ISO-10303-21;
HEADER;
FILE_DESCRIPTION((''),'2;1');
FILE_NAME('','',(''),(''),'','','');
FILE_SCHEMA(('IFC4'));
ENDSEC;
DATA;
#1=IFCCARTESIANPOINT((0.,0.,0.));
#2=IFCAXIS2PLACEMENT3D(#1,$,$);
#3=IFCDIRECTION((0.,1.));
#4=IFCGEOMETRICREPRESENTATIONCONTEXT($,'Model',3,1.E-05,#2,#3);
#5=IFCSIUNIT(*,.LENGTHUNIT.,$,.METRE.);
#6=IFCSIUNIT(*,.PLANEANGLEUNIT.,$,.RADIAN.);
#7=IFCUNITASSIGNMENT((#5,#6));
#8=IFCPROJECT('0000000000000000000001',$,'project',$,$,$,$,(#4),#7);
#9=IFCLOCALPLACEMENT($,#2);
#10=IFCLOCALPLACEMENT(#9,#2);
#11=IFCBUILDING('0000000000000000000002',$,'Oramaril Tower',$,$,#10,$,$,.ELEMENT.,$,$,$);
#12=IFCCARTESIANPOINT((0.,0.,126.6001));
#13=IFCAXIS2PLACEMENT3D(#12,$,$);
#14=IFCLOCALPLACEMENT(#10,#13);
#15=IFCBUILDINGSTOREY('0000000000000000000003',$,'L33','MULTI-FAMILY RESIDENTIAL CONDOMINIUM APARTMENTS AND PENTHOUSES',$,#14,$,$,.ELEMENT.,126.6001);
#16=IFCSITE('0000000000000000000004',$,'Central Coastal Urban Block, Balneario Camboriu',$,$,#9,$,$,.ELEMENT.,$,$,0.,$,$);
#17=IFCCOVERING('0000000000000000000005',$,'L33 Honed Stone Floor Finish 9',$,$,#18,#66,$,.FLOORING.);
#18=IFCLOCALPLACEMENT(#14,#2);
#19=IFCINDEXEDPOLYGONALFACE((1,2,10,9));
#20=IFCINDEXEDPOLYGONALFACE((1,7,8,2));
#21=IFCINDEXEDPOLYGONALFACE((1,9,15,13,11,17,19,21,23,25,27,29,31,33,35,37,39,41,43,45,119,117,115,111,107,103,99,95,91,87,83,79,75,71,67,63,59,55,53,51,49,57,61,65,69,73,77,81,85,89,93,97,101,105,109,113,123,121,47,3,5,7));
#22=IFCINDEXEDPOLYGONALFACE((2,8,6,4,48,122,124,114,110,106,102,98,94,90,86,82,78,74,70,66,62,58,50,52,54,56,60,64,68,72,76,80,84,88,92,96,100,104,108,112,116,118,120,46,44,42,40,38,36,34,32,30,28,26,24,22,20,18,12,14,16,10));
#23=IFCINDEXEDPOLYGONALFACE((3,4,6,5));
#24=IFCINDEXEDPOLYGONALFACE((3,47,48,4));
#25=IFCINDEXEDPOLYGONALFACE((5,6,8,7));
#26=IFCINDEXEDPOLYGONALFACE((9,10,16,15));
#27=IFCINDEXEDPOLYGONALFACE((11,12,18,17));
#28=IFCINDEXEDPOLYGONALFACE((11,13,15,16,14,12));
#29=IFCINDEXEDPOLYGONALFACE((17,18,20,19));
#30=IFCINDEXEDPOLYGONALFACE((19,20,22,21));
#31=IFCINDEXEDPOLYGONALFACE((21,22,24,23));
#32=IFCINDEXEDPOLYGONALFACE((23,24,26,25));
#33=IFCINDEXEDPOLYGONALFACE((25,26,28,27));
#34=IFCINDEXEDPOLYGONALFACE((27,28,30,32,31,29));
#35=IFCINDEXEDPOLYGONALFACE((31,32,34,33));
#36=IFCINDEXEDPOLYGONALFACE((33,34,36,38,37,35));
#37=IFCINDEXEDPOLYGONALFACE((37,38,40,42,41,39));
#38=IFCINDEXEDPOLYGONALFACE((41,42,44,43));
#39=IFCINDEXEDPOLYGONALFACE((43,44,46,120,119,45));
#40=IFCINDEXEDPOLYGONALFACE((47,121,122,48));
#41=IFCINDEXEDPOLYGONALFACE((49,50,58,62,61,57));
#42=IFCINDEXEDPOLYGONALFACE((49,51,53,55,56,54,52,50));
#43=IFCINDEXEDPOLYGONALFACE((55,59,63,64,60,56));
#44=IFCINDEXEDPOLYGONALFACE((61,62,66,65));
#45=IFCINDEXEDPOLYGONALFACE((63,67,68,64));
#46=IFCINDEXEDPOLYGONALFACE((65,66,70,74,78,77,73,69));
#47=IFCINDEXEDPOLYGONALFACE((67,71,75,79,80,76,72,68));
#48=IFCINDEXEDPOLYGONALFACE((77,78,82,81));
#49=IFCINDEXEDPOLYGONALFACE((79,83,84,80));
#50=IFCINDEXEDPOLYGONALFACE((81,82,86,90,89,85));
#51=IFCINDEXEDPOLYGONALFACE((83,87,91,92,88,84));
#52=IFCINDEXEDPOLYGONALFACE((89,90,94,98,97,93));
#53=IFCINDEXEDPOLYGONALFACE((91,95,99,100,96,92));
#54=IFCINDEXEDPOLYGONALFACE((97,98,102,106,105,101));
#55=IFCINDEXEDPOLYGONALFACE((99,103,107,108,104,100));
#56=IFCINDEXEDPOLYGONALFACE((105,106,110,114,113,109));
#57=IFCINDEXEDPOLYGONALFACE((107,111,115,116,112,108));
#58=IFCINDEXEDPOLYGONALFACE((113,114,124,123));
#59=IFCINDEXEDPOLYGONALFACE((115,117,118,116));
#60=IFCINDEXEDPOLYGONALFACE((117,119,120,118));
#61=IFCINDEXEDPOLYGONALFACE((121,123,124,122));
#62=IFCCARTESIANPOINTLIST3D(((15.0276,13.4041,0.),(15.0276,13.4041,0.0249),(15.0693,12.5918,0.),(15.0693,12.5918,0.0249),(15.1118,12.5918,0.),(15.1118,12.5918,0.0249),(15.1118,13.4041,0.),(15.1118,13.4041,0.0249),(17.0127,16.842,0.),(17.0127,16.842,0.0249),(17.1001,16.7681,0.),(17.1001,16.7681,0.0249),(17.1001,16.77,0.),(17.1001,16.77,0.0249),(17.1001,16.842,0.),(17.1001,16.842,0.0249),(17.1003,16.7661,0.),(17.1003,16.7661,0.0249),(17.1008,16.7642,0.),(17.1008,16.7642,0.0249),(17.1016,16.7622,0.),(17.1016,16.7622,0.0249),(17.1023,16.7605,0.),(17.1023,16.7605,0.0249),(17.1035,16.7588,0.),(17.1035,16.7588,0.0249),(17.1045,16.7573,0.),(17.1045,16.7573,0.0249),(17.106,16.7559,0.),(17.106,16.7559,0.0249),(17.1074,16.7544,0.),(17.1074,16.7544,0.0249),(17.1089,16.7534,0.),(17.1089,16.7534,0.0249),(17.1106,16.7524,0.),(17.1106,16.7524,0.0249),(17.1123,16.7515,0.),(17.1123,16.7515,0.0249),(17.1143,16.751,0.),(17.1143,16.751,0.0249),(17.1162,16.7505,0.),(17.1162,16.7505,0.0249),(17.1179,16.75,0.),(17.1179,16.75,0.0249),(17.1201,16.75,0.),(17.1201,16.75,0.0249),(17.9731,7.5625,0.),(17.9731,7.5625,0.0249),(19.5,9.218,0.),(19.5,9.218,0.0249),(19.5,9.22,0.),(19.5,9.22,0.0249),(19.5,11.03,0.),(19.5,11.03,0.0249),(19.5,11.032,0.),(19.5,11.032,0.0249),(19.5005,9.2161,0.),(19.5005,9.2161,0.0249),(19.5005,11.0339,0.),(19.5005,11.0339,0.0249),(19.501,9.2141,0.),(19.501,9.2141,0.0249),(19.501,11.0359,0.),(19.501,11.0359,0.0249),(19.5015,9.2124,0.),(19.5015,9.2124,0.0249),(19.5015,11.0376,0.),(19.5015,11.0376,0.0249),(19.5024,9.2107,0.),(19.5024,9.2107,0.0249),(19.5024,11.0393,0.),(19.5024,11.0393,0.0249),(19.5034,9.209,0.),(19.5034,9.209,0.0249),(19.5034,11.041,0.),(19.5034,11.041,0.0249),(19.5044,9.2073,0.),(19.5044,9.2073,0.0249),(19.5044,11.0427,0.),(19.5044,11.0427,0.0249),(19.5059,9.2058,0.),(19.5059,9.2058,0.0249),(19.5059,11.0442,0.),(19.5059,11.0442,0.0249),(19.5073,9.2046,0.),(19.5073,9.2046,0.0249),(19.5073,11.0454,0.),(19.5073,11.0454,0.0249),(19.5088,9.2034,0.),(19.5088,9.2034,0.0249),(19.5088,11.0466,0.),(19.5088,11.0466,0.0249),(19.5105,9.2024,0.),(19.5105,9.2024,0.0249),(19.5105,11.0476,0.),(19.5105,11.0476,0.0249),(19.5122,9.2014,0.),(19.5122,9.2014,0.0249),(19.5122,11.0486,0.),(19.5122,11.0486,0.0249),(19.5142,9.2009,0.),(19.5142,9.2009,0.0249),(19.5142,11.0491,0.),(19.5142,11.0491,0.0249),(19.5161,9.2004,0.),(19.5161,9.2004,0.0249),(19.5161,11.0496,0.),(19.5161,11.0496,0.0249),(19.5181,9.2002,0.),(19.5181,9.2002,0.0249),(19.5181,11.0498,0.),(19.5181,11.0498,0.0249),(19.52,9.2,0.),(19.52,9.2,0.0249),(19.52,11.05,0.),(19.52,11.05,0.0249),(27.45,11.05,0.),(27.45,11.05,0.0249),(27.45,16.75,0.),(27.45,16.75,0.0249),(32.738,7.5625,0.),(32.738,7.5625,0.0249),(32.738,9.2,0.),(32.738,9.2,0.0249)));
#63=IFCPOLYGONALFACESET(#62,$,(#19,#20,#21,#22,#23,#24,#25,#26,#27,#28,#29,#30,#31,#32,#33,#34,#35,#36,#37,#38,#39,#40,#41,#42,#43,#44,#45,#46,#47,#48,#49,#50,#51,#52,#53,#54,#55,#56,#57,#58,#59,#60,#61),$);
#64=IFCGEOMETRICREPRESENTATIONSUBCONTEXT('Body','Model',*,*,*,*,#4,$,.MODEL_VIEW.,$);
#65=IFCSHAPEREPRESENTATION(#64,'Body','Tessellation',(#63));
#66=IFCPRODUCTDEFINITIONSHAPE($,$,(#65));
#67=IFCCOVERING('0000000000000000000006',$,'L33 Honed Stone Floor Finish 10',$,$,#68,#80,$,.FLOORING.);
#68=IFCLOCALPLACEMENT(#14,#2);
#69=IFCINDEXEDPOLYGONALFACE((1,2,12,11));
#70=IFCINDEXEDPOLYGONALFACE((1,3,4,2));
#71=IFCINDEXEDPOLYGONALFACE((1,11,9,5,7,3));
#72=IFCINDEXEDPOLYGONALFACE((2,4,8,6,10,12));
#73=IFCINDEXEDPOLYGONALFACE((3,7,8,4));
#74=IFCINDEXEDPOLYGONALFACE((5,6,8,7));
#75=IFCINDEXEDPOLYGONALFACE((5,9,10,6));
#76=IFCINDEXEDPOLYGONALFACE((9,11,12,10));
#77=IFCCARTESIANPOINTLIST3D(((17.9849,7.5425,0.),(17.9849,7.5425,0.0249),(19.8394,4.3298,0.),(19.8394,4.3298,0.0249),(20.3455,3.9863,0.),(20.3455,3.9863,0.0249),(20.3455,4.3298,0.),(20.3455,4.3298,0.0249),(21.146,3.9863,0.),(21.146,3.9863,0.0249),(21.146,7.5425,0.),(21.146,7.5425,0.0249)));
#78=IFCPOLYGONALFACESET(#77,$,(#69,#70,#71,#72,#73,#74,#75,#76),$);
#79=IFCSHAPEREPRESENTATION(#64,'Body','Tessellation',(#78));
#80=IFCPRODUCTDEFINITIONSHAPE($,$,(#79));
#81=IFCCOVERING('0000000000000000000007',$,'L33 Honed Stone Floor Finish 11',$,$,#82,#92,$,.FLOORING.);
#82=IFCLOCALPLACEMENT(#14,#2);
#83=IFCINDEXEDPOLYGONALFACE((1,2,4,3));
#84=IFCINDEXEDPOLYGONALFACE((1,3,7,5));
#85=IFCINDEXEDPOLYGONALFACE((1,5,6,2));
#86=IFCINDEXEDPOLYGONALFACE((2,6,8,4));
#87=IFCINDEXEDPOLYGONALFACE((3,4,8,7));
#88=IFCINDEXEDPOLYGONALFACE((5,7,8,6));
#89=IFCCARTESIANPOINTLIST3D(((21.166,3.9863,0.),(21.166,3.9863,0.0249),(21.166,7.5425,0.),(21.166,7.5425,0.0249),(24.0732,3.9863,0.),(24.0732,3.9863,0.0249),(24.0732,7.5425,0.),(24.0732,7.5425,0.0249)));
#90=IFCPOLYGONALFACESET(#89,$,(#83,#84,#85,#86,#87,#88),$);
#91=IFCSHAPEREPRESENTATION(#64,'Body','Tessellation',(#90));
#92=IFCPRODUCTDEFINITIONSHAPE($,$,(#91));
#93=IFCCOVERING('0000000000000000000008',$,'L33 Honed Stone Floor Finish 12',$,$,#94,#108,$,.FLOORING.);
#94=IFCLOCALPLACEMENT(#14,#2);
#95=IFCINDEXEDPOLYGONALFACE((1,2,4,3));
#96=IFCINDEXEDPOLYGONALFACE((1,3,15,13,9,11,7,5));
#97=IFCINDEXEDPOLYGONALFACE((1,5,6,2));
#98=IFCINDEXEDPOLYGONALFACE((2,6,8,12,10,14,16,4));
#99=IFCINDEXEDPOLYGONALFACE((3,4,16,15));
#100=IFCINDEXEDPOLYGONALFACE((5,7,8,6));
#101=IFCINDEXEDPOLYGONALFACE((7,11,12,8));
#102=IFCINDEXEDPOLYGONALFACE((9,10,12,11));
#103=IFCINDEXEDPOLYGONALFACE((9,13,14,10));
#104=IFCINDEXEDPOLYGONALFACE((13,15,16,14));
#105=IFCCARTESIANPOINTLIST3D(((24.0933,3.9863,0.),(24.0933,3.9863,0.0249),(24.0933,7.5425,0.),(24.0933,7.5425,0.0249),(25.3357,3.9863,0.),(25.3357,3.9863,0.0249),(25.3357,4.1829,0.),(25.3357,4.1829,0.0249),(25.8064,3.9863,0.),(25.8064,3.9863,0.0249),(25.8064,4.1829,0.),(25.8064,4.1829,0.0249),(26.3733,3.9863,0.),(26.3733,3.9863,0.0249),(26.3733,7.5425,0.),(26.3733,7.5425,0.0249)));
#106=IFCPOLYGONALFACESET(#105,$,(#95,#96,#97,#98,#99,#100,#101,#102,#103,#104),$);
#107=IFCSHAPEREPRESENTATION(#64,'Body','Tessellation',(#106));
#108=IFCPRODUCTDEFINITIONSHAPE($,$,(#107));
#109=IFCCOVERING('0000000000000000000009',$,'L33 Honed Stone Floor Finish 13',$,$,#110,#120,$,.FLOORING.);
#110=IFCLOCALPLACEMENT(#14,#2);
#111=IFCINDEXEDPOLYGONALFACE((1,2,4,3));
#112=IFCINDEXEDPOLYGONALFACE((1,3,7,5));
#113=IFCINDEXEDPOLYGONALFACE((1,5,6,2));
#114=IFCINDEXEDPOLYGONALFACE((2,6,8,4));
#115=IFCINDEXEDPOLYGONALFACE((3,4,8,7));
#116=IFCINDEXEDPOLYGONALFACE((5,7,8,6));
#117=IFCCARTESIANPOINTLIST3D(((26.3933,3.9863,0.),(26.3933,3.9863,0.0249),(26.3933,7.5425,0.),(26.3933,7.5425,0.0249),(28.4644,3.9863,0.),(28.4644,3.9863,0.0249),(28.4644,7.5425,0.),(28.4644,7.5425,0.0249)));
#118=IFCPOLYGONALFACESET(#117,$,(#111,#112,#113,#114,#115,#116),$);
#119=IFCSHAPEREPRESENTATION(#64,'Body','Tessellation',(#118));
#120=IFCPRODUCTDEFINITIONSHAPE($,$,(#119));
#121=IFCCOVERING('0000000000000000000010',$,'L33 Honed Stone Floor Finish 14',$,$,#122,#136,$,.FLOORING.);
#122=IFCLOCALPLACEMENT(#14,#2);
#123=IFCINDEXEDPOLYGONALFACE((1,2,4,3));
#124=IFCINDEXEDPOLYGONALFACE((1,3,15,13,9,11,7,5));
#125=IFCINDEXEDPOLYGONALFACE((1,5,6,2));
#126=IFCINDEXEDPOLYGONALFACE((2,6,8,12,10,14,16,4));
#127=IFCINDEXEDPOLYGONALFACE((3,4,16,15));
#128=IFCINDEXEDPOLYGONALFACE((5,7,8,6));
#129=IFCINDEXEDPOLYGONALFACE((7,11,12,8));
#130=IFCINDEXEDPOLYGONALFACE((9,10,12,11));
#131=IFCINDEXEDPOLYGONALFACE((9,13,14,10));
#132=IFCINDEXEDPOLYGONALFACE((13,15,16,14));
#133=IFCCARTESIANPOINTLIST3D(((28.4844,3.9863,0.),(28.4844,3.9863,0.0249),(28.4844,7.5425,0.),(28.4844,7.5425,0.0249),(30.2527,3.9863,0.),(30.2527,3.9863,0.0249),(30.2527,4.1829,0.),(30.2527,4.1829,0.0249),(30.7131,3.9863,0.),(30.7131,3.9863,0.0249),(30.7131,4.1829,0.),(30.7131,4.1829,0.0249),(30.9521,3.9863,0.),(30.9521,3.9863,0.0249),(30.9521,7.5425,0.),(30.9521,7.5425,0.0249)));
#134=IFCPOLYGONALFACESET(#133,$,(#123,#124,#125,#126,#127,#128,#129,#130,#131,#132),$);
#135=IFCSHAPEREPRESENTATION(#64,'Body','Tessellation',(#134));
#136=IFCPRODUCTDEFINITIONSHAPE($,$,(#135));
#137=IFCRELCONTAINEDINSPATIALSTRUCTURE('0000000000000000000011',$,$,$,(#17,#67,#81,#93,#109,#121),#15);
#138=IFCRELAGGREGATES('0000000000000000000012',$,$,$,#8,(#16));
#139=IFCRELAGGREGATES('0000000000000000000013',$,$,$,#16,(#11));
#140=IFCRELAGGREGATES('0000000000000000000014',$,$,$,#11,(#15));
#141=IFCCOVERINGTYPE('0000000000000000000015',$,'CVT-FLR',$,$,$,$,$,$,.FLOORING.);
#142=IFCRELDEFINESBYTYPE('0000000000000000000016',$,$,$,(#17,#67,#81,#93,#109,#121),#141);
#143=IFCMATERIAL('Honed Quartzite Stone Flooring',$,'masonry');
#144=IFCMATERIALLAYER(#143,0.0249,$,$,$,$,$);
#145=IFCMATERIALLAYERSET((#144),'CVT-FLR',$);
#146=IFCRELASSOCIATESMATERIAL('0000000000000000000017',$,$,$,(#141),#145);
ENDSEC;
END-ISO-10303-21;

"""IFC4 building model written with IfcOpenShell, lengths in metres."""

from ifc_helpers import new_model, si_unit, direction, frame, origin, place, context, subcontext, project, spatial, polyline, outline, extrude, material, layer, layer_set, type_object, element, save


model = new_model("IFC4")

# Units and contexts
model_context = context("Model", 3, precision=1e-05, world=origin(), true_north=direction((0.0, 1.0)))
body_context = subcontext(model_context, "Body", "Model", "MODEL_VIEW")
ifc_project = project(units=[si_unit("LENGTHUNIT", "METRE"), si_unit("PLANEANGLEUNIT", "RADIAN")], contexts=[model_context])

# Site, building, storey
site_placement = place(None, origin())
site = spatial("IfcSite", under=ifc_project, at=site_placement, Name="Central Coastal Urban Block, Balneario Camboriu", CompositionType="ELEMENT", RefElevation=0.0)
building_placement = place(site_placement, origin())
building = spatial("IfcBuilding", under=site, at=building_placement, Name="Oramaril Tower", CompositionType="ELEMENT")
storey_placement = place(building_placement, frame((0.0, 0.0, 126.6001)))
storey = spatial("IfcBuildingStorey", under=building, at=storey_placement, Name="L33", Description="MULTI-FAMILY RESIDENTIAL CONDOMINIUM APARTMENTS AND PENTHOUSES", CompositionType="ELEMENT", Elevation=126.6001)

# Coverings
ifc_material_1 = material(Name="Honed Quartzite Stone Flooring", Category="masonry")
ifc_layer_1 = layer(ifc_material_1, 0.0249)
ifc_layer_set_1 = layer_set([ifc_layer_1], Name="CVT-FLR")
covering_type_1 = type_object("IfcCoveringType", Name="CVT-FLR", PredefinedType="FLOORING", material=ifc_layer_set_1)
covering_1_placement = place(storey_placement, origin())
element("IfcCovering", 1, at=covering_1_placement, inside=storey, type_object=covering_type_1, Name="L33 Honed Stone Floor Finish 9", PredefinedType="FLOORING", context=body_context, shape_type="SweptSolid", body=[
    extrude(outline(polyline([(17.1001, 16.842), (17.1001, 16.77), (17.1001, 16.7681), (17.1003, 16.7661), (17.1008, 16.7642), (17.1016, 16.7622), (17.1023, 16.7605), (17.1035, 16.7588), (17.1045, 16.7573), (17.106, 16.7559), (17.1074, 16.7544), (17.1089, 16.7534), (17.1106, 16.7524), (17.1123, 16.7515), (17.1143, 16.751), (17.1162, 16.7505), (17.1179, 16.75), (17.1201, 16.75), (27.45, 16.75), (27.45, 11.05), (19.52, 11.05), (19.5181, 11.0498), (19.5161, 11.0496), (19.5142, 11.0491), (19.5122, 11.0486), (19.5105, 11.0476), (19.5088, 11.0466), (19.5073, 11.0454), (19.5059, 11.0442), (19.5044, 11.0427), (19.5034, 11.041), (19.5024, 11.0393), (19.5015, 11.0376), (19.501, 11.0359), (19.5005, 11.0339), (19.5, 11.032), (19.5, 11.03), (19.5, 9.22), (19.5, 9.218), (19.5005, 9.2161), (19.501, 9.2141), (19.5015, 9.2124), (19.5024, 9.2107), (19.5034, 9.209), (19.5044, 9.2073), (19.5059, 9.2058), (19.5073, 9.2046), (19.5088, 9.2034), (19.5105, 9.2024), (19.5122, 9.2014), (19.5142, 9.2009), (19.5161, 9.2004), (19.5181, 9.2002), (19.52, 9.2), (32.738, 9.2), (32.738, 7.5625), (17.9731, 7.5625), (15.0693, 12.5918), (15.1118, 12.5918), (15.1118, 13.4041), (15.0276, 13.4041), (17.0127, 16.842), (17.1001, 16.842)])), origin(), (0.0, 0.0, 1.0), 0.0249),
])
covering_2_placement = place(storey_placement, origin())
element("IfcCovering", 2, at=covering_2_placement, inside=storey, type_object=covering_type_1, Name="L33 Honed Stone Floor Finish 10", PredefinedType="FLOORING", context=body_context, shape_type="SweptSolid", body=[
    extrude(outline(polyline([(20.3455, 3.9863), (20.3455, 4.3298), (19.8394, 4.3298), (17.9849, 7.5425), (21.146, 7.5425), (21.146, 3.9863), (20.3455, 3.9863)])), origin(), (0.0, 0.0, 1.0), 0.0249),
])
covering_3_placement = place(storey_placement, origin())
element("IfcCovering", 3, at=covering_3_placement, inside=storey, type_object=covering_type_1, Name="L33 Honed Stone Floor Finish 11", PredefinedType="FLOORING", context=body_context, shape_type="SweptSolid", body=[
    extrude(outline(polyline([(21.166, 3.9863), (21.166, 7.5425), (24.0732, 7.5425), (24.0732, 3.9863), (21.166, 3.9863)])), origin(), (0.0, 0.0, 1.0), 0.0249),
])
covering_4_placement = place(storey_placement, origin())
element("IfcCovering", 4, at=covering_4_placement, inside=storey, type_object=covering_type_1, Name="L33 Honed Stone Floor Finish 12", PredefinedType="FLOORING", context=body_context, shape_type="SweptSolid", body=[
    extrude(outline(polyline([(25.8064, 3.9863), (25.8064, 4.1829), (25.3357, 4.1829), (25.3357, 3.9863), (24.0933, 3.9863), (24.0933, 7.5425), (26.3733, 7.5425), (26.3733, 3.9863), (25.8064, 3.9863)])), origin(), (0.0, 0.0, 1.0), 0.0249),
])
covering_5_placement = place(storey_placement, origin())
element("IfcCovering", 5, at=covering_5_placement, inside=storey, type_object=covering_type_1, Name="L33 Honed Stone Floor Finish 13", PredefinedType="FLOORING", context=body_context, shape_type="SweptSolid", body=[
    extrude(outline(polyline([(26.3933, 3.9863), (26.3933, 7.5425), (28.4644, 7.5425), (28.4644, 3.9863), (26.3933, 3.9863)])), origin(), (0.0, 0.0, 1.0), 0.0249),
])
covering_6_placement = place(storey_placement, origin())
element("IfcCovering", 6, at=covering_6_placement, inside=storey, type_object=covering_type_1, Name="L33 Honed Stone Floor Finish 14", PredefinedType="FLOORING", context=body_context, shape_type="SweptSolid", body=[
    extrude(outline(polyline([(30.7131, 3.9863), (30.7131, 4.1829), (30.2527, 4.1829), (30.2527, 3.9863), (28.4844, 3.9863), (28.4844, 7.5425), (30.9521, 7.5425), (30.9521, 3.9863), (30.7131, 3.9863)])), origin(), (0.0, 0.0, 1.0), 0.0249),
])

save(model, "model.ifc")
